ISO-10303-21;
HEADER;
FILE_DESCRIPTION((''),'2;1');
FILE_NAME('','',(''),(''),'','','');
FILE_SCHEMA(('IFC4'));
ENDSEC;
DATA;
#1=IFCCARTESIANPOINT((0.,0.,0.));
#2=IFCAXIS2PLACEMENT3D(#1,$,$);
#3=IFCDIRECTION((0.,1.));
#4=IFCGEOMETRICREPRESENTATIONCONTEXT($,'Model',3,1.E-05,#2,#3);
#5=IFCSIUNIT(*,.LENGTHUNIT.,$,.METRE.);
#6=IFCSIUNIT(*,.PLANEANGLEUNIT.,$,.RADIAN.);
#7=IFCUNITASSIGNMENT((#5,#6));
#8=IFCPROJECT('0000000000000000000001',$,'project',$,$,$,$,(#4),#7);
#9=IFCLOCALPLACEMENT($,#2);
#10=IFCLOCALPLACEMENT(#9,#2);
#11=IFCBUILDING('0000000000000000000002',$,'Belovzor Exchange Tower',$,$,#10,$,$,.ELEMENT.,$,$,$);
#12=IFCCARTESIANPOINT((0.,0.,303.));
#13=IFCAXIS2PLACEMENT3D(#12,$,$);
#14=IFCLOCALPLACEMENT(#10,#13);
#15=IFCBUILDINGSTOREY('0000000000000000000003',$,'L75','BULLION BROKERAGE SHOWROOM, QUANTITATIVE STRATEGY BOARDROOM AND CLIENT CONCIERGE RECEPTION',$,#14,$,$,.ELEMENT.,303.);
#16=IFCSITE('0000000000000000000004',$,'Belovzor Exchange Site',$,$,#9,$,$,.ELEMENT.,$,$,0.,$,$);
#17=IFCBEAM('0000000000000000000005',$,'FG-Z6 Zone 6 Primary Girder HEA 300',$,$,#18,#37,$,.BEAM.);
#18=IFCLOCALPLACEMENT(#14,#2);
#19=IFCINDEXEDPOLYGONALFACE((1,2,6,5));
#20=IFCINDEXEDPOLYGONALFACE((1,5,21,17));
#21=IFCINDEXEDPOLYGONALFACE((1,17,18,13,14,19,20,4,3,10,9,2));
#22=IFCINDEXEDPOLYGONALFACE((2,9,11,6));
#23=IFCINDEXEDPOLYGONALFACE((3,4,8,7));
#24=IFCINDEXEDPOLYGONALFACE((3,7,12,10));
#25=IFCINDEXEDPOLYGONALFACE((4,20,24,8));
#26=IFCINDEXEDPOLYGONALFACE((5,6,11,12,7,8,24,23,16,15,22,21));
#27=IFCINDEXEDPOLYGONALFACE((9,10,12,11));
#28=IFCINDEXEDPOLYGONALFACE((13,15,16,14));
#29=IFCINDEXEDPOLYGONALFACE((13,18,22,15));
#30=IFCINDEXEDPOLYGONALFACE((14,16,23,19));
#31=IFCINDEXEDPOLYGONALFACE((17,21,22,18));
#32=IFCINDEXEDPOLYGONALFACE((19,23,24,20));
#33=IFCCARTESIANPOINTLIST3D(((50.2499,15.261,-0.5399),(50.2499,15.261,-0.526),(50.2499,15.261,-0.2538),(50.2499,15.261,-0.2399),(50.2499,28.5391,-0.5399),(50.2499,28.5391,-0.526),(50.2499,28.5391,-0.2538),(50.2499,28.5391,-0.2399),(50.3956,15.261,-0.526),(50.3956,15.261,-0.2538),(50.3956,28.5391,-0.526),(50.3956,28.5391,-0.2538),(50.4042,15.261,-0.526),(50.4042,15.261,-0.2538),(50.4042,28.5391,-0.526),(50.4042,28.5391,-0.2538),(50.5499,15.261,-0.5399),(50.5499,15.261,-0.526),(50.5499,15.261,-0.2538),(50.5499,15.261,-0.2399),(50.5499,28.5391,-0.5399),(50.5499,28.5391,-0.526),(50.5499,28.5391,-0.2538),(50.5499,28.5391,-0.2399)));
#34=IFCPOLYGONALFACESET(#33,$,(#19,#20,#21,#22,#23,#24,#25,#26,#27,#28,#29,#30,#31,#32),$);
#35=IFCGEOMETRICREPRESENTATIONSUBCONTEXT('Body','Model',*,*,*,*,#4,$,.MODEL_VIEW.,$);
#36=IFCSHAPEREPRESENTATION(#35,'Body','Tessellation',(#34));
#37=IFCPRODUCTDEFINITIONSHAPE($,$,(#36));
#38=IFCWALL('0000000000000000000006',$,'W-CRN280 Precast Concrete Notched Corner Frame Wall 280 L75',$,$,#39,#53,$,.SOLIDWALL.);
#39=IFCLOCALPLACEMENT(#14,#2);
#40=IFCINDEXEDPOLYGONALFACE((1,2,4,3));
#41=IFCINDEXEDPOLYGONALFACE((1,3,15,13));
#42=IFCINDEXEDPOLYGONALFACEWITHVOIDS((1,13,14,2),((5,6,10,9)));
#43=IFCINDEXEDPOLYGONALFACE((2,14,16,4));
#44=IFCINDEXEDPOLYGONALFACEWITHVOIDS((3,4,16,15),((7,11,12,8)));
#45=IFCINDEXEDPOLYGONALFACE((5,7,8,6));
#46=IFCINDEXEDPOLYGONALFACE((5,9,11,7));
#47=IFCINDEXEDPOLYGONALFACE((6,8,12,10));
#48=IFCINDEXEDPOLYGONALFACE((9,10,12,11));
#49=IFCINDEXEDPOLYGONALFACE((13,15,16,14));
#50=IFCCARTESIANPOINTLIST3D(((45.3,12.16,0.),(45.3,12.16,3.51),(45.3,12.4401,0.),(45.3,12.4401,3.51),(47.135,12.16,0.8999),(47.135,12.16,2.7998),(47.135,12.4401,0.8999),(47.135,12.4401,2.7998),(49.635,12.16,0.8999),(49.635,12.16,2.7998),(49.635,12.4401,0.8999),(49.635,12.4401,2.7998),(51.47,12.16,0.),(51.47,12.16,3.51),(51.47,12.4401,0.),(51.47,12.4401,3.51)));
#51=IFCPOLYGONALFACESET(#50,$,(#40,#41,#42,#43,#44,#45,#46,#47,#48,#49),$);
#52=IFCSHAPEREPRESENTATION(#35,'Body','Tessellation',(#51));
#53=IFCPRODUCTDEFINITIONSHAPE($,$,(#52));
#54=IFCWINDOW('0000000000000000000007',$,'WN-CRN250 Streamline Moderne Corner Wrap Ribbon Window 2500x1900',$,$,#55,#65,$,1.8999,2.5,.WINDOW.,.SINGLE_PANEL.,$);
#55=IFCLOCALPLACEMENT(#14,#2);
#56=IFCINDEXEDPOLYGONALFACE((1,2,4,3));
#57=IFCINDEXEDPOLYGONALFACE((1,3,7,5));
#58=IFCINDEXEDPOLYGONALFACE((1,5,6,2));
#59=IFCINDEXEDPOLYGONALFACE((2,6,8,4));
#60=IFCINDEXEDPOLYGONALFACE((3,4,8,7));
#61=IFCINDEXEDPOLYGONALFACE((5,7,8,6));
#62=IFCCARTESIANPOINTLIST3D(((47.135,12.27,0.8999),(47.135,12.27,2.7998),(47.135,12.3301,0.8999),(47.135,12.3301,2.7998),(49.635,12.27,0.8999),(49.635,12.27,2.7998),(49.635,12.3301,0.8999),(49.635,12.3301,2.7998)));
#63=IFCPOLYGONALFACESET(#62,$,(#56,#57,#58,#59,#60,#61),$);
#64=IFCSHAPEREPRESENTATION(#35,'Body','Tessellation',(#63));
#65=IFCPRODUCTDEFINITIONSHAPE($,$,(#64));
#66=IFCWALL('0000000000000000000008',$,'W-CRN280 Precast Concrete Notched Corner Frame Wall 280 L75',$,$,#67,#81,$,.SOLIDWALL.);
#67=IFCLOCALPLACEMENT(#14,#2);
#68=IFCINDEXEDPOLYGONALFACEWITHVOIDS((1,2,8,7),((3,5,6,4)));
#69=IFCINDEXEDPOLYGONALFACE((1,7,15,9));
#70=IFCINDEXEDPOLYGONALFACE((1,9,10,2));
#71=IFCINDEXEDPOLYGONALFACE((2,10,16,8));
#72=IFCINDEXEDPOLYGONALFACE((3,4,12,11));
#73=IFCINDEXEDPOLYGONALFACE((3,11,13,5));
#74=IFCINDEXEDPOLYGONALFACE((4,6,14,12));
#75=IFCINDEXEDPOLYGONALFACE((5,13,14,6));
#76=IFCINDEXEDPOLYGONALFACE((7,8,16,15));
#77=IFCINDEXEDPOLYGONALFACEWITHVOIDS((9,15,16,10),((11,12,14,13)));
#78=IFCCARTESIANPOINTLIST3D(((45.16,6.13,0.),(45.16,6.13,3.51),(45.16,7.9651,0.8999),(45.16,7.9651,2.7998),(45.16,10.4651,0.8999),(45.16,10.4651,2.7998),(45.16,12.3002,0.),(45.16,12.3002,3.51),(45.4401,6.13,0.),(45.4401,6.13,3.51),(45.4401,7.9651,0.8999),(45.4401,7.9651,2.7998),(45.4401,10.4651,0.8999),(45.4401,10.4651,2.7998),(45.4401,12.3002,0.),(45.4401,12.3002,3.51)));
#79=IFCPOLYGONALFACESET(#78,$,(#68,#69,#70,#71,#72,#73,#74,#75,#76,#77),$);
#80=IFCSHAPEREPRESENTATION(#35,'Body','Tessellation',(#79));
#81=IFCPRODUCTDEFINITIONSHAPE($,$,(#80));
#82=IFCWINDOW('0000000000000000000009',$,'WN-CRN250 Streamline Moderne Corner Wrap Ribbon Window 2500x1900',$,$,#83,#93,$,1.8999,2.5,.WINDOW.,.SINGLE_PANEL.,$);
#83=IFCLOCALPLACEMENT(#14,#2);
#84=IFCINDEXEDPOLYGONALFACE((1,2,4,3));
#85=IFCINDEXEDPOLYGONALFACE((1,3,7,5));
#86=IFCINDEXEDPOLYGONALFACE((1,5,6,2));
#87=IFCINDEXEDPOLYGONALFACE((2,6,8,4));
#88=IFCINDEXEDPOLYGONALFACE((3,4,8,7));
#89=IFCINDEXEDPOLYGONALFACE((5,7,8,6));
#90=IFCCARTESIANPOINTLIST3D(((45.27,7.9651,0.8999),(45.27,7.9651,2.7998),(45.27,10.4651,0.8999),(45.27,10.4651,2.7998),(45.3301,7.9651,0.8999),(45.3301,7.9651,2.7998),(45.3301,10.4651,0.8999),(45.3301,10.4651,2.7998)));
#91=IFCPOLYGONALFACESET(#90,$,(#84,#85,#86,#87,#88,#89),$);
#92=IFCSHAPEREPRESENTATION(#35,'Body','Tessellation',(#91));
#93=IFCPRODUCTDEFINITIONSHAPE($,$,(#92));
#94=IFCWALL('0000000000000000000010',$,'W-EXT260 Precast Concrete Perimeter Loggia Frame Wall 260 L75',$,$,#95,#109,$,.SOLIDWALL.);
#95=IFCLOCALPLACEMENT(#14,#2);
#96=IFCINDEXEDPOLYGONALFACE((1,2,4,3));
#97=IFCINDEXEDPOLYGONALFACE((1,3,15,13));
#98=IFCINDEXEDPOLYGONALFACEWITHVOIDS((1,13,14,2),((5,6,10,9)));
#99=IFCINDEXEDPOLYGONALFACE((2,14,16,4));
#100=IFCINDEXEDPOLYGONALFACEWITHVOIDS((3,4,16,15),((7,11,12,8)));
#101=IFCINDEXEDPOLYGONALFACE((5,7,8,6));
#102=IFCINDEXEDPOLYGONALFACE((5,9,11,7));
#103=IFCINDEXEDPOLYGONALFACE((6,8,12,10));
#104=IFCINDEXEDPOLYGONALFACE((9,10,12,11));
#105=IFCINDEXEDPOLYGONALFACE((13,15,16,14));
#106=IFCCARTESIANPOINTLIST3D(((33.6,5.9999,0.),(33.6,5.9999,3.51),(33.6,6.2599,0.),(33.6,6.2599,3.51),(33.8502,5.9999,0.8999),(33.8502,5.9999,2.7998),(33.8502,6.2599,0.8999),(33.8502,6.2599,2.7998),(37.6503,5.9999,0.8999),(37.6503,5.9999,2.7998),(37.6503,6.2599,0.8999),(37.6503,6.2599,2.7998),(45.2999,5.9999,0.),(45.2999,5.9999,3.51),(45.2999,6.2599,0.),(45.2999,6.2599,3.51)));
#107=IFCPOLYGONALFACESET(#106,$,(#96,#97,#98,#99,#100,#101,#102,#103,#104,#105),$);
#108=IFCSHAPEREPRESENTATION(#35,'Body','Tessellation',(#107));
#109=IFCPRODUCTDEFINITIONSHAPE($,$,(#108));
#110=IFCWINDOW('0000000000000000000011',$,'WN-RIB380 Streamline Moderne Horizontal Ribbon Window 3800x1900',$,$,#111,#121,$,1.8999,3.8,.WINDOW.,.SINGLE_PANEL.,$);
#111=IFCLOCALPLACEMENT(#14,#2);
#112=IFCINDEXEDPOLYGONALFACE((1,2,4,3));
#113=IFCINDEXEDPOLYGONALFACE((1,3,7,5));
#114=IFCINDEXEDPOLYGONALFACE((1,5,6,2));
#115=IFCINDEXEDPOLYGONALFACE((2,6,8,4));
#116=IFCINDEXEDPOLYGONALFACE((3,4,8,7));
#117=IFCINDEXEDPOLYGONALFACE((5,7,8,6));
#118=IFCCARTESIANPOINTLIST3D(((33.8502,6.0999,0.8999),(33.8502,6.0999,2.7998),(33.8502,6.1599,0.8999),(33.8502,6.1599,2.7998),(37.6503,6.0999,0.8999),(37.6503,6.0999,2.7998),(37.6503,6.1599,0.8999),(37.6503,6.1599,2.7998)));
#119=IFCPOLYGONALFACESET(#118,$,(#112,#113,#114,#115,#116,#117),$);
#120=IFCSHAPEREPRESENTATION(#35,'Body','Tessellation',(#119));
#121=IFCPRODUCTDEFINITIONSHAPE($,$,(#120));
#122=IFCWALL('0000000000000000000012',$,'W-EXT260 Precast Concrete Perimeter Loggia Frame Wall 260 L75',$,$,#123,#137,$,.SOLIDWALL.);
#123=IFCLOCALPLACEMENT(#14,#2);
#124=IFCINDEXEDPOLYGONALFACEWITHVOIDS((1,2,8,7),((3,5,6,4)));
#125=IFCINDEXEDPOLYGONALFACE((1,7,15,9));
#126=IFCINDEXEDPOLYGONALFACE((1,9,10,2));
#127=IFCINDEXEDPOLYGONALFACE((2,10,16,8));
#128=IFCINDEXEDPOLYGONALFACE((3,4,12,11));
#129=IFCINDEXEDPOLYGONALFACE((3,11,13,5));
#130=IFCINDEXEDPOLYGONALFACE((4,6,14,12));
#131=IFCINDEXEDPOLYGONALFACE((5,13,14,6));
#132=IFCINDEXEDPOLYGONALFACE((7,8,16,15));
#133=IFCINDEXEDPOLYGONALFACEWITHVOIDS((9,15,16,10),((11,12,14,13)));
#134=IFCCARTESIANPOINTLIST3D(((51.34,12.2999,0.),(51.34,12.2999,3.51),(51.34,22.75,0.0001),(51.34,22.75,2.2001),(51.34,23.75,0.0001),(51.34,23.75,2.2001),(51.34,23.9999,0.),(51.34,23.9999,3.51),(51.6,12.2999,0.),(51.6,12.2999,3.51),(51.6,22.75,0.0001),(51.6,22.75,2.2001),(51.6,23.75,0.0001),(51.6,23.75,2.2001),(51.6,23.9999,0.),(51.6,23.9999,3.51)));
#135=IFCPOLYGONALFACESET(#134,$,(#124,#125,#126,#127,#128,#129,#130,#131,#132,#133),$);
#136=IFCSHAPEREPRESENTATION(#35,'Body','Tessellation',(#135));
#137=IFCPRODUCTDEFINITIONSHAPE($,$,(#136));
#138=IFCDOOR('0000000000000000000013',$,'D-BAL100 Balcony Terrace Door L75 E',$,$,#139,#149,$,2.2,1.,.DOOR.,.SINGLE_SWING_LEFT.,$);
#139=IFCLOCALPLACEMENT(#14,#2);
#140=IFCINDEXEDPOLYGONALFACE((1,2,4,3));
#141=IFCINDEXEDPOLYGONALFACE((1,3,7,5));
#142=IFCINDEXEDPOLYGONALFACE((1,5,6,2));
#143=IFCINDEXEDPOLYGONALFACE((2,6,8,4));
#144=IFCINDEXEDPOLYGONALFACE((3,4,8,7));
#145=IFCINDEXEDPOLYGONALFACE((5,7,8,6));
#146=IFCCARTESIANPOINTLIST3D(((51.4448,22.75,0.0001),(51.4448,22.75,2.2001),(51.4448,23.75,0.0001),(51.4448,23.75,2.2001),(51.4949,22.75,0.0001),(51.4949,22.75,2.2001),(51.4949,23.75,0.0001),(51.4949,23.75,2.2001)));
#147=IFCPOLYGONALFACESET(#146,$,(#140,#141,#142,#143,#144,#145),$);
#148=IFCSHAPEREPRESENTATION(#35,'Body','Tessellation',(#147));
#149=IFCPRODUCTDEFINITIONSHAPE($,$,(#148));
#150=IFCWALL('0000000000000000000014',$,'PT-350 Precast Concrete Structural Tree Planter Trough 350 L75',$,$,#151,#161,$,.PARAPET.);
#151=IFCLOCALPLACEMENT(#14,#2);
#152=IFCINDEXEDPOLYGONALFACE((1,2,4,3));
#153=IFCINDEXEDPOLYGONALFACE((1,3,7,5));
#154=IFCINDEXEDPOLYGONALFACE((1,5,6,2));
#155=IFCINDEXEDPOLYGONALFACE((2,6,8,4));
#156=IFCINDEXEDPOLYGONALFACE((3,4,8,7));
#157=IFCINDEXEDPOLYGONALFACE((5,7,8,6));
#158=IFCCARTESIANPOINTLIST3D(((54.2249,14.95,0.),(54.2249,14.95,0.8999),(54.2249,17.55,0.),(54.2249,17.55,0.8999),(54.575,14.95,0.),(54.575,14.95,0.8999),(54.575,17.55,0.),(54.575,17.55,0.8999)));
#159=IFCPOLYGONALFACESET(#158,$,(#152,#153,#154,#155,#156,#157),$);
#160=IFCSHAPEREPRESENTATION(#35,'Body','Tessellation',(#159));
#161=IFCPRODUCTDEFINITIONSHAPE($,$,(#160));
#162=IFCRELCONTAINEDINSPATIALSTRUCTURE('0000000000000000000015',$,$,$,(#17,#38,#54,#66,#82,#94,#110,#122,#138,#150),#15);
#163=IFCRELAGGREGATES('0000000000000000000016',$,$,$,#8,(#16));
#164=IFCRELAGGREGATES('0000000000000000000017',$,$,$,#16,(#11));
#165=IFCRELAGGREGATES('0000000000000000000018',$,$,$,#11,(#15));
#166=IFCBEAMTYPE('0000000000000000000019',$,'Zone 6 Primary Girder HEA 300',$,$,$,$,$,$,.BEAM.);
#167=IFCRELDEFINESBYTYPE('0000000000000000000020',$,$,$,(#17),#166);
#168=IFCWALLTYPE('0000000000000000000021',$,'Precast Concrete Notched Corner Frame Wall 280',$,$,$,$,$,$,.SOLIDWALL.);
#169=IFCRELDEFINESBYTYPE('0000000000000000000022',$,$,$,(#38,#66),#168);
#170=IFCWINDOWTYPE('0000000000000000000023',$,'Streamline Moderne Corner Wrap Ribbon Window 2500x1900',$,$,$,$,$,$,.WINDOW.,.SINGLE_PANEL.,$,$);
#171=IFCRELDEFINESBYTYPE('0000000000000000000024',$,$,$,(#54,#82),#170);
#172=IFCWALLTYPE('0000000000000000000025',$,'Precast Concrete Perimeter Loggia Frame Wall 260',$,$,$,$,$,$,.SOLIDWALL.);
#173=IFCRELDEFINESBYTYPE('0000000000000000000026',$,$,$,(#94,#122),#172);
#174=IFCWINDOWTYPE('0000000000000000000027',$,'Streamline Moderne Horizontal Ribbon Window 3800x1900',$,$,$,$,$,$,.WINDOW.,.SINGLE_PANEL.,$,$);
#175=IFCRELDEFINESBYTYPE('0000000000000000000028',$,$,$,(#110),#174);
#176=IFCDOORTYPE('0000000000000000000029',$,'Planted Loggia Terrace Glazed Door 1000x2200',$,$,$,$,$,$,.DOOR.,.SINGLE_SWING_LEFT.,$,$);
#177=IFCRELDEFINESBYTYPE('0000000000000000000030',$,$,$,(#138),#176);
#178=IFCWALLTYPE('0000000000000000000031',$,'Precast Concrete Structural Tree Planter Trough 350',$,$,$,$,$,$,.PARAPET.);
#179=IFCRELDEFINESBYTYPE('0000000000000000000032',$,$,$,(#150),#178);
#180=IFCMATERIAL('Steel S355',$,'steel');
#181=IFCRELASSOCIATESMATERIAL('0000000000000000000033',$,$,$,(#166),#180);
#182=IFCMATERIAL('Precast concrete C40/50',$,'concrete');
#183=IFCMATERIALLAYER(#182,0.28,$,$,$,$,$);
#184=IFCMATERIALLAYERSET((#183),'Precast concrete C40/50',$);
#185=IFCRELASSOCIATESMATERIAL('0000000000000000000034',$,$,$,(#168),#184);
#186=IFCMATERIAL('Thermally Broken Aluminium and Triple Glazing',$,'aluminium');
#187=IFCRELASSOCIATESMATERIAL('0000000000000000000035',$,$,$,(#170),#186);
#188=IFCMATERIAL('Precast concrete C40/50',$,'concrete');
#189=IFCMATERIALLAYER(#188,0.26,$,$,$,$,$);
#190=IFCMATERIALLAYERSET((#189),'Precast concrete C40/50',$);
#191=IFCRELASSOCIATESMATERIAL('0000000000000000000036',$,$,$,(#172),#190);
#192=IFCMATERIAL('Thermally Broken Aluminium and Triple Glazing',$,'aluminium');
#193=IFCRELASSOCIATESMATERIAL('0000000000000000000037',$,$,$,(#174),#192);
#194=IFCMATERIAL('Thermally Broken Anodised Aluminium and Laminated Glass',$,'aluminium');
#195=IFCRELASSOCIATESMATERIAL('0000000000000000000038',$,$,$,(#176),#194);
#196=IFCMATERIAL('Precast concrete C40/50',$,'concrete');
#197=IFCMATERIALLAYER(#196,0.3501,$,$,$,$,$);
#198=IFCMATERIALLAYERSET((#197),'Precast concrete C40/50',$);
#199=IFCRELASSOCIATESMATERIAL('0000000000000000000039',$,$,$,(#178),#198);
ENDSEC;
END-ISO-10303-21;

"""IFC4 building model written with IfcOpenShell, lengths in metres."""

from ifc_helpers import new_model, si_unit, direction, frame, frame_2d, origin, origin_2d, place, context, subcontext, project, spatial, rectangle, i_section, extrude, material, layer, layer_set, material_profile, profile_set, type_object, element, fill, save


model = new_model("IFC4")

# Units and contexts
model_context = context("Model", 3, precision=1e-05, world=origin(), true_north=direction((0.0, 1.0)))
body_context = subcontext(model_context, "Body", "Model", "MODEL_VIEW")
ifc_project = project(units=[si_unit("LENGTHUNIT", "METRE"), si_unit("PLANEANGLEUNIT", "RADIAN")], contexts=[model_context])

# Site, building, storey
site_placement = place(None, origin())
site = spatial("IfcSite", under=ifc_project, at=site_placement, Name="Belovzor Exchange Site", CompositionType="ELEMENT", RefElevation=0.0)
building_placement = place(site_placement, origin())
building = spatial("IfcBuilding", under=site, at=building_placement, Name="Belovzor Exchange Tower", CompositionType="ELEMENT")
storey_placement = place(building_placement, frame((0.0, 0.0, 303.0)))
storey = spatial("IfcBuildingStorey", under=building, at=storey_placement, Name="L75", Description="BULLION BROKERAGE SHOWROOM, QUANTITATIVE STRATEGY BOARDROOM AND CLIENT CONCIERGE RECEPTION", CompositionType="ELEMENT", Elevation=303.0)

# Beam
ifc_material_1 = material(Name="Steel S355", Category="steel")
ifc_material_profile_1 = material_profile(ifc_material_1, i_section(OverallWidth=0.3, OverallDepth=0.3, WebThickness=0.0085, FlangeThickness=0.0139, at=origin_2d()))
ifc_profile_set_1 = profile_set([ifc_material_profile_1], Name="Steel S355")
beam_type_1 = type_object("IfcBeamType", Name="Zone 6 Primary Girder HEA 300", PredefinedType="BEAM", material=ifc_profile_set_1)
beam_1_placement = place(storey_placement, frame((50.3999, 15.261, -0.3899), z_axis=(0.0, 1.0, 0.0), x_axis=(-1.0, 0.0, 0.0)))
element("IfcBeam", 1, at=beam_1_placement, inside=storey, type_object=beam_type_1, Name="FG-Z6 Zone 6 Primary Girder HEA 300", PredefinedType="BEAM", context=body_context, shape_type="SweptSolid", body=[
    extrude(i_section(OverallWidth=0.3, OverallDepth=0.3, WebThickness=0.0085, FlangeThickness=0.0139, at=origin_2d()), origin(), (0.0, 0.0, 1.0), 13.2781),
])

# Walls, openings, windows
ifc_material_2 = material(Name="Precast concrete C40/50", Category="concrete")
ifc_layer_1 = layer(ifc_material_2, 0.28)
ifc_layer_set_1 = layer_set([ifc_layer_1], Name="Precast concrete C40/50")
wall_type_1 = type_object("IfcWallType", Name="Precast Concrete Notched Corner Frame Wall 280", PredefinedType="SOLIDWALL", material=ifc_layer_set_1)
wall_1_placement = place(storey_placement, frame((51.47, 12.3, 0.0), z_axis=(0.0, 0.0, 1.0), x_axis=(-1.0, 0.0, 0.0)))
wall_1 = element("IfcWall", 2, at=wall_1_placement, inside=storey, type_object=wall_type_1, Name="W-CRN280 Precast Concrete Notched Corner Frame Wall 280 L75", PredefinedType="SOLIDWALL", context=body_context, shape_type="SweptSolid", body=[
    extrude(rectangle(XDim=6.1699, YDim=0.28, at=frame_2d((3.085, 0.0))), origin(), (0.0, 0.0, 1.0), 3.51),
])
opening_1_placement = place(wall_1_placement, frame((1.835, 0.0, 0.8999)))
opening_1 = element("IfcOpeningElement", 3, at=opening_1_placement, cuts=wall_1, PredefinedType="OPENING", context=body_context, shape_type="SweptSolid", body=[
    extrude(rectangle(XDim=2.5, YDim=1.8999, at=frame_2d((1.25, 0.95))), frame((0.0, 0.1499, 0.0), z_axis=(0.0, -1.0, 0.0), x_axis=(1.0, 0.0, 0.0)), (0.0, 0.0, 1.0), 0.3),
])
ifc_material_3 = material(Name="Thermally Broken Aluminium and Triple Glazing", Category="aluminium")
window_type_1 = type_object("IfcWindowType", Name="Streamline Moderne Corner Wrap Ribbon Window 2500x1900", PartitioningType="SINGLE_PANEL", PredefinedType="WINDOW", material=ifc_material_3)
window_1_placement = place(opening_1_placement, origin())
window_1 = element("IfcWindow", 4, at=window_1_placement, inside=storey, type_object=window_type_1, Name="WN-CRN250 Streamline Moderne Corner Wrap Ribbon Window 2500x1900", OverallHeight=1.8999, OverallWidth=2.5, PartitioningType="SINGLE_PANEL", PredefinedType="WINDOW", context=body_context, shape_type="SweptSolid", body=[
    extrude(rectangle(XDim=2.5, YDim=1.8999, at=frame_2d((1.25, 0.95))), frame((0.0, 0.03, 0.0), z_axis=(0.0, -1.0, 0.0), x_axis=(1.0, 0.0, 0.0)), (0.0, 0.0, 1.0), 0.0601),
])
fill(opening_1, window_1)
wall_2_placement = place(storey_placement, frame((45.3, 12.3, 0.0), z_axis=(0.0, 0.0, 1.0), x_axis=(0.0, -1.0, 0.0)))
wall_2 = element("IfcWall", 5, at=wall_2_placement, inside=storey, type_object=wall_type_1, Name="W-CRN280 Precast Concrete Notched Corner Frame Wall 280 L75", PredefinedType="SOLIDWALL", context=body_context, shape_type="SweptSolid", body=[
    extrude(rectangle(XDim=6.1702, YDim=0.28, at=frame_2d((3.085, 0.0))), origin(), (0.0, 0.0, 1.0), 3.51),
])
opening_2_placement = place(wall_2_placement, frame((1.835, 0.0, 0.8999)))
opening_2 = element("IfcOpeningElement", 6, at=opening_2_placement, cuts=wall_2, PredefinedType="OPENING", context=body_context, shape_type="SweptSolid", body=[
    extrude(rectangle(XDim=2.5, YDim=1.8999, at=frame_2d((1.25, 0.95))), frame((0.0, 0.1499, 0.0), z_axis=(0.0, -1.0, 0.0), x_axis=(1.0, 0.0, 0.0)), (0.0, 0.0, 1.0), 0.3),
])
window_2_placement = place(opening_2_placement, origin())
window_2 = element("IfcWindow", 7, at=window_2_placement, inside=storey, type_object=window_type_1, Name="WN-CRN250 Streamline Moderne Corner Wrap Ribbon Window 2500x1900", OverallHeight=1.8999, OverallWidth=2.5, PartitioningType="SINGLE_PANEL", PredefinedType="WINDOW", context=body_context, shape_type="SweptSolid", body=[
    extrude(rectangle(XDim=2.5, YDim=1.8999, at=frame_2d((1.25, 0.95))), frame((0.0, 0.03, 0.0), z_axis=(0.0, -1.0, 0.0), x_axis=(1.0, 0.0, 0.0)), (0.0, 0.0, 1.0), 0.0601),
])
fill(opening_2, window_2)
ifc_material_4 = material(Name="Precast concrete C40/50", Category="concrete")
ifc_layer_2 = layer(ifc_material_4, 0.26)
ifc_layer_set_2 = layer_set([ifc_layer_2], Name="Precast concrete C40/50")
wall_type_2 = type_object("IfcWallType", Name="Precast Concrete Perimeter Loggia Frame Wall 260", PredefinedType="SOLIDWALL", material=ifc_layer_set_2)
wall_3_placement = place(storey_placement, frame((45.3, 6.1299, 0.0), z_axis=(0.0, 0.0, 1.0), x_axis=(-1.0, 0.0, 0.0)))
wall_3 = element("IfcWall", 8, at=wall_3_placement, inside=storey, type_object=wall_type_2, Name="W-EXT260 Precast Concrete Perimeter Loggia Frame Wall 260 L75", PredefinedType="SOLIDWALL", context=body_context, shape_type="SweptSolid", body=[
    extrude(rectangle(XDim=11.7, YDim=0.26, at=frame_2d((5.8501, 0.0))), origin(), (0.0, 0.0, 1.0), 3.51),
])
opening_3_placement = place(wall_3_placement, frame((7.6499, 0.0, 0.8999)))
opening_3 = element("IfcOpeningElement", 9, at=opening_3_placement, cuts=wall_3, PredefinedType="OPENING", context=body_context, shape_type="SweptSolid", body=[
    extrude(rectangle(XDim=3.8, YDim=1.8999, at=frame_2d((1.8999, 0.95))), frame((0.0, 0.1399, 0.0), z_axis=(0.0, -1.0, 0.0), x_axis=(1.0, 0.0, 0.0)), (0.0, 0.0, 1.0), 0.28),
])
ifc_material_5 = material(Name="Thermally Broken Aluminium and Triple Glazing", Category="aluminium")
window_type_2 = type_object("IfcWindowType", Name="Streamline Moderne Horizontal Ribbon Window 3800x1900", PartitioningType="SINGLE_PANEL", PredefinedType="WINDOW", material=ifc_material_5)
window_3_placement = place(opening_3_placement, origin())
window_3 = element("IfcWindow", 10, at=window_3_placement, inside=storey, type_object=window_type_2, Name="WN-RIB380 Streamline Moderne Horizontal Ribbon Window 3800x1900", OverallHeight=1.8999, OverallWidth=3.8, PartitioningType="SINGLE_PANEL", PredefinedType="WINDOW", context=body_context, shape_type="SweptSolid", body=[
    extrude(rectangle(XDim=3.8, YDim=1.8999, at=frame_2d((1.8999, 0.95))), frame((0.0, 0.03, 0.0), z_axis=(0.0, -1.0, 0.0), x_axis=(1.0, 0.0, 0.0)), (0.0, 0.0, 1.0), 0.0601),
])
fill(opening_3, window_3)

# Wall, opening, door
wall_4_placement = place(storey_placement, frame((51.47, 24.0, 0.0), z_axis=(0.0, 0.0, 1.0), x_axis=(0.0, -1.0, 0.0)))
wall_4 = element("IfcWall", 11, at=wall_4_placement, inside=storey, type_object=wall_type_2, Name="W-EXT260 Precast Concrete Perimeter Loggia Frame Wall 260 L75", PredefinedType="SOLIDWALL", context=body_context, shape_type="SweptSolid", body=[
    extrude(rectangle(XDim=11.7, YDim=0.26, at=frame_2d((5.8501, 0.0))), origin(), (0.0, 0.0, 1.0), 3.51),
])
opening_4_placement = place(wall_4_placement, frame((0.25, 0.0, 0.0)))
opening_4 = element("IfcOpeningElement", 12, at=opening_4_placement, cuts=wall_4, PredefinedType="OPENING", context=body_context, shape_type="SweptSolid", body=[
    extrude(rectangle(XDim=1.0, YDim=2.2, at=frame_2d((0.5, 1.1001))), frame((0.0, 0.1399, 0.0), z_axis=(0.0, -1.0, 0.0), x_axis=(1.0, 0.0, 0.0)), (0.0, 0.0, 1.0), 0.28),
])
ifc_material_6 = material(Name="Thermally Broken Anodised Aluminium and Laminated Glass", Category="aluminium")
door_type = type_object("IfcDoorType", Name="Planted Loggia Terrace Glazed Door 1000x2200", OperationType="SINGLE_SWING_LEFT", PredefinedType="DOOR", material=ifc_material_6)
door_placement = place(opening_4_placement, origin())
door = element("IfcDoor", 13, at=door_placement, inside=storey, type_object=door_type, Name="D-BAL100 Balcony Terrace Door L75 E", OperationType="SINGLE_SWING_LEFT", OverallHeight=2.2, OverallWidth=1.0, PredefinedType="DOOR", context=body_context, shape_type="SweptSolid", body=[
    extrude(rectangle(XDim=1.0, YDim=2.2, at=frame_2d((0.5, 1.1001))), frame((0.0, 0.0249, 0.0), z_axis=(0.0, -1.0, 0.0), x_axis=(1.0, 0.0, 0.0)), (0.0, 0.0, 1.0), 0.05),
])
fill(opening_4, door)

# Wall
ifc_material_7 = material(Name="Precast concrete C40/50", Category="concrete")
ifc_layer_3 = layer(ifc_material_7, 0.3501)
ifc_layer_set_3 = layer_set([ifc_layer_3], Name="Precast concrete C40/50")
wall_type_3 = type_object("IfcWallType", Name="Precast Concrete Structural Tree Planter Trough 350", PredefinedType="PARAPET", material=ifc_layer_set_3)
wall_5_placement = place(storey_placement, frame((54.3999, 14.95, 0.0), z_axis=(0.0, 0.0, 1.0), x_axis=(0.0, 1.0, 0.0)))
element("IfcWall", 14, at=wall_5_placement, inside=storey, type_object=wall_type_3, Name="PT-350 Precast Concrete Structural Tree Planter Trough 350 L75", PredefinedType="PARAPET", context=body_context, shape_type="SweptSolid", body=[
    extrude(rectangle(XDim=2.6001, YDim=0.3501, at=frame_2d((1.3, 0.0))), origin(), (0.0, 0.0, 1.0), 0.8999),
])

save(model, "model.ifc")
